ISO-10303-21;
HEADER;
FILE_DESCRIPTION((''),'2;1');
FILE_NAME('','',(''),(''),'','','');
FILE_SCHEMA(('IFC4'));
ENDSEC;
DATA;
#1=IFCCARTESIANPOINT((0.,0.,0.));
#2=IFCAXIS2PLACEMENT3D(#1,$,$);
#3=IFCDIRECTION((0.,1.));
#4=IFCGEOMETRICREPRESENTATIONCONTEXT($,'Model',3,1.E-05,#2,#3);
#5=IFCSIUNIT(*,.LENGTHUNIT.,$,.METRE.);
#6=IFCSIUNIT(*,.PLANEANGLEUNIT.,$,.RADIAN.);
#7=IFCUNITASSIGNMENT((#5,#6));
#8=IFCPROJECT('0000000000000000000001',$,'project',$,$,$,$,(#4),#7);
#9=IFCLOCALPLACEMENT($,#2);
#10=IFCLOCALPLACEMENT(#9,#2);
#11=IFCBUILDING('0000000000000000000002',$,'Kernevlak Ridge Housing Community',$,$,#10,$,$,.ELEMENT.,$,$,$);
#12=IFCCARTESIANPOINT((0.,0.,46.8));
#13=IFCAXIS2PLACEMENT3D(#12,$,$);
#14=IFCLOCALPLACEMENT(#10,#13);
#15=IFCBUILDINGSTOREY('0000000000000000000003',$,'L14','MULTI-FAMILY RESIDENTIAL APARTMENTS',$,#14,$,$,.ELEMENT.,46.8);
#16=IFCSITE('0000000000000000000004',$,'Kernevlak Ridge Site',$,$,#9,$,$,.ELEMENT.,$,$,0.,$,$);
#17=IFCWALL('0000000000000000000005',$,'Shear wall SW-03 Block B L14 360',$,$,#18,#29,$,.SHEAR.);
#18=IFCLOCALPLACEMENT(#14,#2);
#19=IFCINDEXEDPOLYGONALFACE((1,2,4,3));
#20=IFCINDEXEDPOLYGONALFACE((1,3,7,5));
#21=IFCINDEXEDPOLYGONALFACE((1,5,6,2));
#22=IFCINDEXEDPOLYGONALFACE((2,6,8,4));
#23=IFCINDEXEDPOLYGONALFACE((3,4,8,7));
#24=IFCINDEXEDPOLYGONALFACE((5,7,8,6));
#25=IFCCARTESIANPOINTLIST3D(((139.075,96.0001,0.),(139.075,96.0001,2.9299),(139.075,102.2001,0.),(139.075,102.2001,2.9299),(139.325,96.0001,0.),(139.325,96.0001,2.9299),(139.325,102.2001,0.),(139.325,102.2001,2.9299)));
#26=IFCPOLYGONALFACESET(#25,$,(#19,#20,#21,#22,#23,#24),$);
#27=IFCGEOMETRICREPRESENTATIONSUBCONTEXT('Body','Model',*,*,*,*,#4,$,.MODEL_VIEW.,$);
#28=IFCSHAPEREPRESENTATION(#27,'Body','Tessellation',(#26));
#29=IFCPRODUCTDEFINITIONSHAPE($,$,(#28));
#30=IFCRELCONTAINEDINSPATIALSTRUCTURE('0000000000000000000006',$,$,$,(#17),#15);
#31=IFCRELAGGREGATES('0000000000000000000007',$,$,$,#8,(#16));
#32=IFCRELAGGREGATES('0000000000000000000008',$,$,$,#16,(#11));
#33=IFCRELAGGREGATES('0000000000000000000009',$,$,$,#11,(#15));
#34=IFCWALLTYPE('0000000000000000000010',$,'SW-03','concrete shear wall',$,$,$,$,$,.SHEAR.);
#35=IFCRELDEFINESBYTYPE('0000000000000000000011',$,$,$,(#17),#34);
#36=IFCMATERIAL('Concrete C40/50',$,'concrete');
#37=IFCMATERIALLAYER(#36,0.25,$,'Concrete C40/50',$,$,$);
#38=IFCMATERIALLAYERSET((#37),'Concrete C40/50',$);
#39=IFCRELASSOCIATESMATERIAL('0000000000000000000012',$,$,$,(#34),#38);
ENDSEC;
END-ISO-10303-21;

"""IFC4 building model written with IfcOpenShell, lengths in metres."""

from ifc_helpers import new_model, si_unit, direction, frame, frame_2d, origin, place, context, subcontext, project, spatial, rectangle, extrude, material, layer, layer_set, type_object, element, save


model = new_model("IFC4")

# Units and contexts
model_context = context("Model", 3, precision=1e-05, world=origin(), true_north=direction((0.0, 1.0)))
body_context = subcontext(model_context, "Body", "Model", "MODEL_VIEW")
ifc_project = project(units=[si_unit("LENGTHUNIT", "METRE"), si_unit("PLANEANGLEUNIT", "RADIAN")], contexts=[model_context])

# Site, building, storey
site_placement = place(None, origin())
site = spatial("IfcSite", under=ifc_project, at=site_placement, Name="Kernevlak Ridge Site", CompositionType="ELEMENT", RefElevation=0.0)
building_placement = place(site_placement, origin())
building = spatial("IfcBuilding", under=site, at=building_placement, Name="Kernevlak Ridge Housing Community", CompositionType="ELEMENT")
storey_placement = place(building_placement, frame((0.0, 0.0, 46.8)))
storey = spatial("IfcBuildingStorey", under=building, at=storey_placement, Name="L14", Description="MULTI-FAMILY RESIDENTIAL APARTMENTS", CompositionType="ELEMENT", Elevation=46.8)

# Wall
ifc_material_1 = material(Name="Concrete C40/50", Category="concrete")
ifc_layer_1 = layer(ifc_material_1, 0.25, Name="Concrete C40/50")
ifc_layer_set_1 = layer_set([ifc_layer_1], Name="Concrete C40/50")
wall_type_1 = type_object("IfcWallType", Name="SW-03", Description="concrete shear wall", PredefinedType="SHEAR", material=ifc_layer_set_1)
wall_1_placement = place(storey_placement, frame((139.2, 96.0, 0.0), z_axis=(0.0, 0.0, 1.0), x_axis=(0.0, 1.0, 0.0)))
element("IfcWall", 1, at=wall_1_placement, inside=storey, type_object=wall_type_1, Name="Shear wall SW-03 Block B L14 360", PredefinedType="SHEAR", context=body_context, shape_type="SweptSolid", body=[
    extrude(rectangle(XDim=6.2, YDim=0.25, at=frame_2d((3.1001, 0.0))), origin(), (0.0, 0.0, 1.0), 2.9299),
])

save(model, "model.ifc")
